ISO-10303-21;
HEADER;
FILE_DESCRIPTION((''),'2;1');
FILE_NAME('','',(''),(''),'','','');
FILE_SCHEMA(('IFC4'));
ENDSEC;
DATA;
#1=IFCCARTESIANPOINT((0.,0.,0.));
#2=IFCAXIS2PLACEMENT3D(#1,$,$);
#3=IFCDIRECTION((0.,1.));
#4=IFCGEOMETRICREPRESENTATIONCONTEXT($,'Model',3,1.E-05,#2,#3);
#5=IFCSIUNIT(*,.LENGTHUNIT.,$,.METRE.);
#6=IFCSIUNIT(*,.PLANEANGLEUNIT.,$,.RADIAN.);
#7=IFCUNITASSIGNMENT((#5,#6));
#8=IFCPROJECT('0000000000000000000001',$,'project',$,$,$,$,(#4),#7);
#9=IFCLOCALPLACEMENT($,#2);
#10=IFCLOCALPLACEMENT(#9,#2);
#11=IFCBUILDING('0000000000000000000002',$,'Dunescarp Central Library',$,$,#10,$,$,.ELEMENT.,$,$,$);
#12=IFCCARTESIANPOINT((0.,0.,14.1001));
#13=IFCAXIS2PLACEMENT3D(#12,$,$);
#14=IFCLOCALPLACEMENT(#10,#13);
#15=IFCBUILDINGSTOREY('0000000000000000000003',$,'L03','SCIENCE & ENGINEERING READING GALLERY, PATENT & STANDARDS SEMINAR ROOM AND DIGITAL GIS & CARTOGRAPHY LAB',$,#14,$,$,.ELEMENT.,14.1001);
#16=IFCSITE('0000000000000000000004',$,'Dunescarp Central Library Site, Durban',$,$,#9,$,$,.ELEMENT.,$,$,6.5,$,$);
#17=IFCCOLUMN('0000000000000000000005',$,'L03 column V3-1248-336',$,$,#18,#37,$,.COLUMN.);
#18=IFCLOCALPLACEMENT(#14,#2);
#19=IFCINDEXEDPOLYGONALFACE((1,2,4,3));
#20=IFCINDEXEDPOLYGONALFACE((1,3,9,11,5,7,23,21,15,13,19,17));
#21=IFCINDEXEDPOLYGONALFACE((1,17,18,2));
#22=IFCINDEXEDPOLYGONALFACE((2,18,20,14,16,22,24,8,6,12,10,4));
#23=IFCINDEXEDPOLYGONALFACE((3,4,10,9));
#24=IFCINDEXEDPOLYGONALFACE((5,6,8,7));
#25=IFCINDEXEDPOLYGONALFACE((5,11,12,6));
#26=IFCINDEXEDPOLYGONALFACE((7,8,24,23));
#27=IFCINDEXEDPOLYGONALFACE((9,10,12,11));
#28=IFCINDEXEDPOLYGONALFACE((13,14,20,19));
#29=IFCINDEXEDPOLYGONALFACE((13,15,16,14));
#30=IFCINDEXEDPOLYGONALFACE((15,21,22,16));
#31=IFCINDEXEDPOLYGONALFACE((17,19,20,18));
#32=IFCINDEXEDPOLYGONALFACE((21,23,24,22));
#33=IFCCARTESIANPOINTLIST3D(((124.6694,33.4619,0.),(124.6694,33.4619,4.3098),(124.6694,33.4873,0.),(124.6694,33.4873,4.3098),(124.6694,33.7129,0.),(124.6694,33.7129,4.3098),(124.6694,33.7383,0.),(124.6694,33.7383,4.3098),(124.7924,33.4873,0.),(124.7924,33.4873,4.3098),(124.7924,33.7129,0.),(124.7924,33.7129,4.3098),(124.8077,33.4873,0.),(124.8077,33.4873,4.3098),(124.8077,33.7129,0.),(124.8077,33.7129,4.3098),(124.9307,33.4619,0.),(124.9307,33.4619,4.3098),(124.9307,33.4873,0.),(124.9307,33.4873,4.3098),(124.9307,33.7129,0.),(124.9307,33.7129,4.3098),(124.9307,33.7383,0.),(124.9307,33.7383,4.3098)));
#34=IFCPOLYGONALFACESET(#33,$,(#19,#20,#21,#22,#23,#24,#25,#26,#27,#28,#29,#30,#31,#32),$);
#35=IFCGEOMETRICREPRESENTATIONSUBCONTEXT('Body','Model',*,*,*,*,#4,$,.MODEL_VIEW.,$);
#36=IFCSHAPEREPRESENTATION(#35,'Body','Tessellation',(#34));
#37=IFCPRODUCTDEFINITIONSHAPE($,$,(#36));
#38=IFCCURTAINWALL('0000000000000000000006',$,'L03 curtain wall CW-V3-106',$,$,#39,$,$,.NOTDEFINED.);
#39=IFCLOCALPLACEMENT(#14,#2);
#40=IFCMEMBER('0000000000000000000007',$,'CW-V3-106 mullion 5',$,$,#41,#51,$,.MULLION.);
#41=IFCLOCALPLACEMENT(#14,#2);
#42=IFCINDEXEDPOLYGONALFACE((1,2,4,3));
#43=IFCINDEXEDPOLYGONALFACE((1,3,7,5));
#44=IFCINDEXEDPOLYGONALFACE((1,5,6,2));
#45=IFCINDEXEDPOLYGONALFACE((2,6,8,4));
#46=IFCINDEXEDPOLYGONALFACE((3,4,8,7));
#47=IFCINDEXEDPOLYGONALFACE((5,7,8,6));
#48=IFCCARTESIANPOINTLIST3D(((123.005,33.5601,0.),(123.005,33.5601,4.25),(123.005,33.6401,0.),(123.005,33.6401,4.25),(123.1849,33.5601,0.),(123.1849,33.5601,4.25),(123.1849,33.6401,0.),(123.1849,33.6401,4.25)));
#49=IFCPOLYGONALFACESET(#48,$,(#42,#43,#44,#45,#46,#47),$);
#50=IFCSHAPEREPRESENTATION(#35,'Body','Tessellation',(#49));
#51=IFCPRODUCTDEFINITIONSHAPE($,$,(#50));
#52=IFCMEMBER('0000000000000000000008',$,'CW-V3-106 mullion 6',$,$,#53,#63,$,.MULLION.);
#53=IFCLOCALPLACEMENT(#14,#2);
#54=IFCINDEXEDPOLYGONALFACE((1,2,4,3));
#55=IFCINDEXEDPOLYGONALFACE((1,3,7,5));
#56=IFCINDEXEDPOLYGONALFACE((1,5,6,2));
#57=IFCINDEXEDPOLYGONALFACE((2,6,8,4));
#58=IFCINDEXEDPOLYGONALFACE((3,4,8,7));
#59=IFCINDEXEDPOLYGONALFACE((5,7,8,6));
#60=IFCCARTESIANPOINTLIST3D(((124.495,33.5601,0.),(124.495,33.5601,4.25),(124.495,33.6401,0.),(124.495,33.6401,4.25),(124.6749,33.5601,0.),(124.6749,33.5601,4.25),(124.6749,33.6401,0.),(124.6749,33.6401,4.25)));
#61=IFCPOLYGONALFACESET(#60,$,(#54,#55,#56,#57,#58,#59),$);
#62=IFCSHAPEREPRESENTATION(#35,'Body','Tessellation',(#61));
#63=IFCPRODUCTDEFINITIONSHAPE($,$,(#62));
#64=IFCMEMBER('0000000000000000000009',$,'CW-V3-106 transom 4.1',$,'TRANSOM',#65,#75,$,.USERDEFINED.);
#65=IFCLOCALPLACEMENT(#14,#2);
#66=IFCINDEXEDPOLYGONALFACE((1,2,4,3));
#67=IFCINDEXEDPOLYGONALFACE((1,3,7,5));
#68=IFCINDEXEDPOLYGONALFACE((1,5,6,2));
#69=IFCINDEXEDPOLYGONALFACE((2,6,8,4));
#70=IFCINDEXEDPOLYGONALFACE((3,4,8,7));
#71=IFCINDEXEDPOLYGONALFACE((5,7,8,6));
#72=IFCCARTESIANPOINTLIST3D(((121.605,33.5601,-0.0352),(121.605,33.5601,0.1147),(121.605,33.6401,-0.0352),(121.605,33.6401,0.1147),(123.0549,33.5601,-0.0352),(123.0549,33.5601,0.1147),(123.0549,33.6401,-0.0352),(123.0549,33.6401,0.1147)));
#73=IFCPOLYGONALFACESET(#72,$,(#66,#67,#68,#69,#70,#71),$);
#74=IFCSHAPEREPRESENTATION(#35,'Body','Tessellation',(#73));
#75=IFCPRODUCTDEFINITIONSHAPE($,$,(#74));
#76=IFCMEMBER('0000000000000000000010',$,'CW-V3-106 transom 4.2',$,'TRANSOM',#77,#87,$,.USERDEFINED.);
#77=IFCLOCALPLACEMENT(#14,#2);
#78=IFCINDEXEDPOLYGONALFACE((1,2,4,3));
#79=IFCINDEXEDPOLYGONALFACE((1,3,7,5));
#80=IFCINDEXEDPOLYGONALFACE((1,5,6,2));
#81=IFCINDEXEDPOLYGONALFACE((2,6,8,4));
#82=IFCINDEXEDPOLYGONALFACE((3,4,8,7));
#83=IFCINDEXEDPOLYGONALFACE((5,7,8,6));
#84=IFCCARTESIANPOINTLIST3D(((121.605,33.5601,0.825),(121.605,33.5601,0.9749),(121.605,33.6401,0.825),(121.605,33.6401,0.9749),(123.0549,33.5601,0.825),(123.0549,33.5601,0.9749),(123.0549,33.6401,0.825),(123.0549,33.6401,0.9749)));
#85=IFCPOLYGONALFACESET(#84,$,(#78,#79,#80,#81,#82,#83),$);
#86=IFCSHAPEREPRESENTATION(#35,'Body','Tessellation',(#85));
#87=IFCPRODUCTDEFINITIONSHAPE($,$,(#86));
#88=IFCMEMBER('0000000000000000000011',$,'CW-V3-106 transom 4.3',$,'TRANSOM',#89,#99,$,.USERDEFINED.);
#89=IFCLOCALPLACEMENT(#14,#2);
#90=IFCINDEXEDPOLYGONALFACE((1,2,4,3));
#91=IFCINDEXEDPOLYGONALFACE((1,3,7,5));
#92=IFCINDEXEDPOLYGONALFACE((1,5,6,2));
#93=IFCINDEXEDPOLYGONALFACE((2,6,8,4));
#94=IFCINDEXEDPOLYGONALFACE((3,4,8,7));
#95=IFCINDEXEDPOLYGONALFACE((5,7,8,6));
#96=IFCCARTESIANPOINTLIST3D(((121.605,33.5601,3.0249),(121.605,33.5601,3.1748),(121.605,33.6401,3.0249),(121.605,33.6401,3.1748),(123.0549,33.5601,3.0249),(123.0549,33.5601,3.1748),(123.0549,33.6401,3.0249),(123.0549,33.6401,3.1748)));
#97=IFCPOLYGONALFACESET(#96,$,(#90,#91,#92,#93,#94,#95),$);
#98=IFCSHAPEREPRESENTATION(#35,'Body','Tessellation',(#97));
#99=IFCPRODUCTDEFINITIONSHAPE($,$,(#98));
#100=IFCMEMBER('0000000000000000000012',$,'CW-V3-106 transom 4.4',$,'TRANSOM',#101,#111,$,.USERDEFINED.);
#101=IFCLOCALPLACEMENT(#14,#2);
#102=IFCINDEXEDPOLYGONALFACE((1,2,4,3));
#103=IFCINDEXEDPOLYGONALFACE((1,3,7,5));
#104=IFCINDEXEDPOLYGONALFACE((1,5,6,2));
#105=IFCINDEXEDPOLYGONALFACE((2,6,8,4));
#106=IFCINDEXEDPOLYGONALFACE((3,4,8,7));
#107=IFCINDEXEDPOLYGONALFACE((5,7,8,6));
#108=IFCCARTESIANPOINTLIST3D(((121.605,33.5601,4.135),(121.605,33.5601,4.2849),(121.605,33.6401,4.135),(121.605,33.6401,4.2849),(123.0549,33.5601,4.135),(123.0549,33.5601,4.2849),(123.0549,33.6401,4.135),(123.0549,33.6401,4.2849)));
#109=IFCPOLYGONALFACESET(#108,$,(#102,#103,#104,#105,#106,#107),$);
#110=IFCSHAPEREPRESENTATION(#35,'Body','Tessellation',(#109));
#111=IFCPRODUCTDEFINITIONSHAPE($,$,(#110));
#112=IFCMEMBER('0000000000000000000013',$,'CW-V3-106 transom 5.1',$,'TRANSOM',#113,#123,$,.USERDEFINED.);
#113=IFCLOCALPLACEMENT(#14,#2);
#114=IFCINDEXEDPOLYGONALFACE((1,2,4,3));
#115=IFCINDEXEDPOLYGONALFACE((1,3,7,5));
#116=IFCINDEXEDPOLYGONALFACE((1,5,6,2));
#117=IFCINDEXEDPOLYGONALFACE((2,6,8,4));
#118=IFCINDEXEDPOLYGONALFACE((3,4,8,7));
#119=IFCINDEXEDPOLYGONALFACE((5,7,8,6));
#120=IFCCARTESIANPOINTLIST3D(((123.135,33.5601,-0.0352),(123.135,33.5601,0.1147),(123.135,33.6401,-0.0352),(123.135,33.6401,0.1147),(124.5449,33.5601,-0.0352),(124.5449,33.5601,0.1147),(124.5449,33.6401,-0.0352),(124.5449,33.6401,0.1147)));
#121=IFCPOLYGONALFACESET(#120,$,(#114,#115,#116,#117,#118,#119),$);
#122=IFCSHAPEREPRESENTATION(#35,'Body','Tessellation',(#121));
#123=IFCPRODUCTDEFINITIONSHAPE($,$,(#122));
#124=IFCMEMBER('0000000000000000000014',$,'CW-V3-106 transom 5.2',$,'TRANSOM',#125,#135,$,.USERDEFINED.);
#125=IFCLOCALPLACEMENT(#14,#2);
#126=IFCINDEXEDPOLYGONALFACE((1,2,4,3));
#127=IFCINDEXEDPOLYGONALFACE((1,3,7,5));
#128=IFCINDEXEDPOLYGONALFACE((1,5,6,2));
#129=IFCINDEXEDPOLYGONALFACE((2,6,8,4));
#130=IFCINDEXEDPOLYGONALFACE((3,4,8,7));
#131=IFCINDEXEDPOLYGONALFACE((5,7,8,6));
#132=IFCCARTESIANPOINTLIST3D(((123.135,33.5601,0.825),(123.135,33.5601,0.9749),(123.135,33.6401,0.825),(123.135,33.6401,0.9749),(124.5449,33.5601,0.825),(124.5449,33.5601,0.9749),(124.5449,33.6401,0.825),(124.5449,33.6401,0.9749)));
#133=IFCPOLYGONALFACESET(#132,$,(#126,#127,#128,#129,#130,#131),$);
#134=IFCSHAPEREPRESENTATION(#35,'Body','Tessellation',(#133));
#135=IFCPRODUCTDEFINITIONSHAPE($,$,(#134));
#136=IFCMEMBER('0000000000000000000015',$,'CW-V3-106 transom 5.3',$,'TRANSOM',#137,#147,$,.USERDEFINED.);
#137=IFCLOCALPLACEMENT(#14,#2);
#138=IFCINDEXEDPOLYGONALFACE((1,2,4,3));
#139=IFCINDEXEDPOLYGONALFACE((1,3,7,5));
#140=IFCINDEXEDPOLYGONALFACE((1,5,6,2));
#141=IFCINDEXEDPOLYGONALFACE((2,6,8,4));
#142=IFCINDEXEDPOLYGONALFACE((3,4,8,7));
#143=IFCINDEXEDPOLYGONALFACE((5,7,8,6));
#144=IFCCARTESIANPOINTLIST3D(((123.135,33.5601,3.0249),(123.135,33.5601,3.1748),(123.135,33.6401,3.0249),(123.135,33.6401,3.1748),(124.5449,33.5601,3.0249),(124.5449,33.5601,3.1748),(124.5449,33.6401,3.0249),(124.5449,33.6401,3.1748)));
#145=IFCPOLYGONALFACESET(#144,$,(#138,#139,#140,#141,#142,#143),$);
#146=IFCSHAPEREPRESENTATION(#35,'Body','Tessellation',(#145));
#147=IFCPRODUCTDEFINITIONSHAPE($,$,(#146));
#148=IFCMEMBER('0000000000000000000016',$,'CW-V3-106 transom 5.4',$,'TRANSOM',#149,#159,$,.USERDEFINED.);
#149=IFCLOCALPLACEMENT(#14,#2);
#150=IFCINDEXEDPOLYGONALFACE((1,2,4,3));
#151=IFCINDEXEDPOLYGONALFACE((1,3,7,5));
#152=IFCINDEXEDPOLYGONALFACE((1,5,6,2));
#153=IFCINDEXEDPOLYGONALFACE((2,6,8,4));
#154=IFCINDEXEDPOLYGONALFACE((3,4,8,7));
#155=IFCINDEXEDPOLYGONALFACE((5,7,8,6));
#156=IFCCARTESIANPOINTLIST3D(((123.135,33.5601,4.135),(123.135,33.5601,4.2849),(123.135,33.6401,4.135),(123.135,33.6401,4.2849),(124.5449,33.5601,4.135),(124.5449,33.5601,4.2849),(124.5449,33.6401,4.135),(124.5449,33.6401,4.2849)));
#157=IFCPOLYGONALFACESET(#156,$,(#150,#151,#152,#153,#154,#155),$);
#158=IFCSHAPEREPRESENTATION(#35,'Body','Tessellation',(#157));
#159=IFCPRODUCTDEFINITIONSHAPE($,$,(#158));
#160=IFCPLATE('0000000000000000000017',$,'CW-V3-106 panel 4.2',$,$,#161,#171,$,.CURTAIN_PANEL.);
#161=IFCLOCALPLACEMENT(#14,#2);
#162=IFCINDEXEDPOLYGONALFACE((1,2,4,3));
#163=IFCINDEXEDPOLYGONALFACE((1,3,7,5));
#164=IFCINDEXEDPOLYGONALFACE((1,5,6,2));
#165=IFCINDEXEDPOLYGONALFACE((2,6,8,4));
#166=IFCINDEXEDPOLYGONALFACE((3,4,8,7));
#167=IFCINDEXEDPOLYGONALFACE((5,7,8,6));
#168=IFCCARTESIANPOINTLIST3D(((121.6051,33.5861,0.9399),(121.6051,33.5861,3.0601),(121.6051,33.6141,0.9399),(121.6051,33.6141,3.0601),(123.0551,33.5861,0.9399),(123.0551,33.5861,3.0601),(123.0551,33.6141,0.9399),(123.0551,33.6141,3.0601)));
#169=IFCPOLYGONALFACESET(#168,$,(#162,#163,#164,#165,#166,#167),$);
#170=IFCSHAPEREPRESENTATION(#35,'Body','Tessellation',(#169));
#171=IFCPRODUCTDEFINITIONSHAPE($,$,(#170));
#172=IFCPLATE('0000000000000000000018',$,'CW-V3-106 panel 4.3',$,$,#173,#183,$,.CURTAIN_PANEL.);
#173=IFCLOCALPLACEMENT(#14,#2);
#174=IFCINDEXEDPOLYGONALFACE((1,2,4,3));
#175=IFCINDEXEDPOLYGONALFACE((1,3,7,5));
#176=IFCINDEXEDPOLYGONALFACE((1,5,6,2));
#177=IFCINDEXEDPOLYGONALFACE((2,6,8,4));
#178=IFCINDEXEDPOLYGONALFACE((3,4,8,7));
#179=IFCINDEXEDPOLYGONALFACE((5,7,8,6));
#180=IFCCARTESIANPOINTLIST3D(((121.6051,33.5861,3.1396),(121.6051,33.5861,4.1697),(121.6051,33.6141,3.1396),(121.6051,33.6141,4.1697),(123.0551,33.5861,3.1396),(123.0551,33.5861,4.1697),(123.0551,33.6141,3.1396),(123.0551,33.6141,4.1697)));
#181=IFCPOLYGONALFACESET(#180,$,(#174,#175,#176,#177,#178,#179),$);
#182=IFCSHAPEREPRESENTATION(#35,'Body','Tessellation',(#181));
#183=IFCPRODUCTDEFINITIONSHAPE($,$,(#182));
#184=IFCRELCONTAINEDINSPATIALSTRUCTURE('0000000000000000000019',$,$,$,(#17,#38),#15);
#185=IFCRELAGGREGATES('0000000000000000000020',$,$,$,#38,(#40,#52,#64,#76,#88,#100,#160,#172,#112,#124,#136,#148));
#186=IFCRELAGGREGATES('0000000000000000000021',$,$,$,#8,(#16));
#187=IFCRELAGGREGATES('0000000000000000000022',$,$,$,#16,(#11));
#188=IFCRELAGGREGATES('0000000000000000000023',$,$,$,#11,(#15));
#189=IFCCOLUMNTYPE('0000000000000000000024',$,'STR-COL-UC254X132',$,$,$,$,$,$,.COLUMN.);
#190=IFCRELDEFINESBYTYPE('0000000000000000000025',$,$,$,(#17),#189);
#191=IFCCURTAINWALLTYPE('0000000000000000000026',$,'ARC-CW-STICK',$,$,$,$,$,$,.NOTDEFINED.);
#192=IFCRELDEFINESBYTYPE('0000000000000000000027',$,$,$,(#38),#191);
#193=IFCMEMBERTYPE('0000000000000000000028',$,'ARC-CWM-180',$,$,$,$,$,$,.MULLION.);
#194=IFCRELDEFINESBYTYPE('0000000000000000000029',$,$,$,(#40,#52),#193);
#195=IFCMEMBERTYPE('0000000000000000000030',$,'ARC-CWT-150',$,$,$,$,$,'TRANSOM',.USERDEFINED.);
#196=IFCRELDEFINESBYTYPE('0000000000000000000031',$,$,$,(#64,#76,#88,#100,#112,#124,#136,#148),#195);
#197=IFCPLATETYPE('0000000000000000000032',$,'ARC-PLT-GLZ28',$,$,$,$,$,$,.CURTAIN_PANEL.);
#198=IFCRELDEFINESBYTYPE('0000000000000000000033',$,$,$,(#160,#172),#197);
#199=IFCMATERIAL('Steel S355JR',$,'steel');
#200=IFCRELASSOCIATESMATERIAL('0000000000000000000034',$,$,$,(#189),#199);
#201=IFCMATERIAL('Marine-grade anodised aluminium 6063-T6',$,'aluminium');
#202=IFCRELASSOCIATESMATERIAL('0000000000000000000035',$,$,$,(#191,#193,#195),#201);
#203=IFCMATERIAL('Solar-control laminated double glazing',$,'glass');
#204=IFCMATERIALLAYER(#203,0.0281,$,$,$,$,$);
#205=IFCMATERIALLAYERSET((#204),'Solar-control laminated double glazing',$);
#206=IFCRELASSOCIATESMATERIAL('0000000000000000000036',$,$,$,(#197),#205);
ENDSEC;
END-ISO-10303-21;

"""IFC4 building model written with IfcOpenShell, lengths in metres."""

from ifc_helpers import new_model, si_unit, direction, frame, origin, origin_2d, place, context, subcontext, project, spatial, rectangle, i_section, extrude, material, layer, layer_set, material_profile, profile_set, type_object, element, aggregate, save


model = new_model("IFC4")

# Units and contexts
model_context = context("Model", 3, precision=1e-05, world=origin(), true_north=direction((0.0, 1.0)))
body_context = subcontext(model_context, "Body", "Model", "MODEL_VIEW")
ifc_project = project(units=[si_unit("LENGTHUNIT", "METRE"), si_unit("PLANEANGLEUNIT", "RADIAN")], contexts=[model_context])

# Site, building, storey
site_placement = place(None, origin())
site = spatial("IfcSite", under=ifc_project, at=site_placement, Name="Dunescarp Central Library Site, Durban", CompositionType="ELEMENT", RefElevation=6.5)
building_placement = place(site_placement, origin())
building = spatial("IfcBuilding", under=site, at=building_placement, Name="Dunescarp Central Library", CompositionType="ELEMENT")
storey_placement = place(building_placement, frame((0.0, 0.0, 14.1001)))
storey = spatial("IfcBuildingStorey", under=building, at=storey_placement, Name="L03", Description="SCIENCE & ENGINEERING READING GALLERY, PATENT & STANDARDS SEMINAR ROOM AND DIGITAL GIS & CARTOGRAPHY LAB", CompositionType="ELEMENT", Elevation=14.1001)

# Column
ifc_material_1 = material(Name="Steel S355JR", Category="steel")
ifc_material_profile_1 = material_profile(ifc_material_1, i_section(OverallWidth=0.2612, OverallDepth=0.2764, WebThickness=0.0154, FlangeThickness=0.0254, at=origin_2d()), Name="UC 254x254x132")
ifc_profile_set_1 = profile_set([ifc_material_profile_1], Name="Steel S355JR")
column_type = type_object("IfcColumnType", Name="STR-COL-UC254X132", PredefinedType="COLUMN", material=ifc_profile_set_1)
column_placement = place(storey_placement, frame((124.8, 33.6001, 0.0), z_axis=(0.0, 0.0, 1.0), x_axis=(1.0, 0.0, 0.0)))
element("IfcColumn", 1, at=column_placement, inside=storey, type_object=column_type, Name="L03 column V3-1248-336", PredefinedType="COLUMN", context=body_context, shape_type="SweptSolid", body=[
    extrude(i_section(OverallWidth=0.2612, OverallDepth=0.2764, WebThickness=0.0154, FlangeThickness=0.0254, at=origin_2d()), origin(), (0.0, 0.0, 1.0), 4.3098),
])

# Curtain wall, members, plates
ifc_material_2 = material(Name="Marine-grade anodised aluminium 6063-T6", Category="aluminium")
curtain_wall_type = type_object("IfcCurtainWallType", Name="ARC-CW-STICK", PredefinedType="NOTDEFINED", material=ifc_material_2)
curtain_wall_placement = place(storey_placement, origin())
curtain_wall = element("IfcCurtainWall", 2, at=curtain_wall_placement, inside=storey, type_object=curtain_wall_type, Name="L03 curtain wall CW-V3-106", PredefinedType="NOTDEFINED")
ifc_material_profile_2 = material_profile(ifc_material_2, rectangle(XDim=0.0801, YDim=0.1799, at=origin_2d()), Name="AL 80x180")
ifc_profile_set_2 = profile_set([ifc_material_profile_2], Name="Marine-grade anodised aluminium 6063-T6")
member_type_1 = type_object("IfcMemberType", Name="ARC-CWM-180", PredefinedType="MULLION", material=ifc_profile_set_2)
member_1_placement = place(storey_placement, frame((123.095, 33.6001, 0.0), z_axis=(0.0, 0.0, 1.0), x_axis=(0.0, 1.0, 0.0)))
member_1 = element("IfcMember", 3, at=member_1_placement, type_object=member_type_1, Name="CW-V3-106 mullion 5", PredefinedType="MULLION", context=body_context, shape_type="SweptSolid", body=[
    extrude(rectangle(XDim=0.0801, YDim=0.1799, at=origin_2d()), origin(), (0.0, 0.0, 1.0), 4.25),
])
member_2_placement = place(storey_placement, frame((124.585, 33.6001, 0.0), z_axis=(0.0, 0.0, 1.0), x_axis=(0.0, 1.0, 0.0)))
member_2 = element("IfcMember", 4, at=member_2_placement, type_object=member_type_1, Name="CW-V3-106 mullion 6", PredefinedType="MULLION", context=body_context, shape_type="SweptSolid", body=[
    extrude(rectangle(XDim=0.0801, YDim=0.1799, at=origin_2d()), origin(), (0.0, 0.0, 1.0), 4.25),
])
ifc_material_profile_3 = material_profile(ifc_material_2, rectangle(XDim=0.0801, YDim=0.1499, at=origin_2d()), Name="AL 80x150")
ifc_profile_set_3 = profile_set([ifc_material_profile_3], Name="Marine-grade anodised aluminium 6063-T6")
member_type_2 = type_object("IfcMemberType", Name="ARC-CWT-150", ElementType="TRANSOM", PredefinedType="USERDEFINED", material=ifc_profile_set_3)
member_3_placement = place(storey_placement, frame((121.605, 33.6001, 0.0398), z_axis=(1.0, 0.0, 0.0), x_axis=(0.0, 1.0, 0.0)))
member_3 = element("IfcMember", 5, at=member_3_placement, type_object=member_type_2, Name="CW-V3-106 transom 4.1", ObjectType="TRANSOM", PredefinedType="USERDEFINED", context=body_context, shape_type="SweptSolid", body=[
    extrude(rectangle(XDim=0.0801, YDim=0.1499, at=origin_2d()), origin(), (0.0, 0.0, 1.0), 1.45),
])
member_4_placement = place(storey_placement, frame((121.605, 33.6001, 0.8999), z_axis=(1.0, 0.0, 0.0), x_axis=(0.0, 1.0, 0.0)))
member_4 = element("IfcMember", 6, at=member_4_placement, type_object=member_type_2, Name="CW-V3-106 transom 4.2", ObjectType="TRANSOM", PredefinedType="USERDEFINED", context=body_context, shape_type="SweptSolid", body=[
    extrude(rectangle(XDim=0.0801, YDim=0.1499, at=origin_2d()), origin(), (0.0, 0.0, 1.0), 1.45),
])
member_5_placement = place(storey_placement, frame((121.605, 33.6001, 3.0999), z_axis=(1.0, 0.0, 0.0), x_axis=(0.0, 1.0, 0.0)))
member_5 = element("IfcMember", 7, at=member_5_placement, type_object=member_type_2, Name="CW-V3-106 transom 4.3", ObjectType="TRANSOM", PredefinedType="USERDEFINED", context=body_context, shape_type="SweptSolid", body=[
    extrude(rectangle(XDim=0.0801, YDim=0.1499, at=origin_2d()), origin(), (0.0, 0.0, 1.0), 1.45),
])
member_6_placement = place(storey_placement, frame((121.605, 33.6001, 4.21), z_axis=(1.0, 0.0, 0.0), x_axis=(0.0, 1.0, 0.0)))
member_6 = element("IfcMember", 8, at=member_6_placement, type_object=member_type_2, Name="CW-V3-106 transom 4.4", ObjectType="TRANSOM", PredefinedType="USERDEFINED", context=body_context, shape_type="SweptSolid", body=[
    extrude(rectangle(XDim=0.0801, YDim=0.1499, at=origin_2d()), origin(), (0.0, 0.0, 1.0), 1.45),
])
member_7_placement = place(storey_placement, frame((123.135, 33.6001, 0.0398), z_axis=(1.0, 0.0, 0.0), x_axis=(0.0, 1.0, 0.0)))
member_7 = element("IfcMember", 9, at=member_7_placement, type_object=member_type_2, Name="CW-V3-106 transom 5.1", ObjectType="TRANSOM", PredefinedType="USERDEFINED", context=body_context, shape_type="SweptSolid", body=[
    extrude(rectangle(XDim=0.0801, YDim=0.1499, at=origin_2d()), origin(), (0.0, 0.0, 1.0), 1.4099),
])
member_8_placement = place(storey_placement, frame((123.135, 33.6001, 0.8999), z_axis=(1.0, 0.0, 0.0), x_axis=(0.0, 1.0, 0.0)))
member_8 = element("IfcMember", 10, at=member_8_placement, type_object=member_type_2, Name="CW-V3-106 transom 5.2", ObjectType="TRANSOM", PredefinedType="USERDEFINED", context=body_context, shape_type="SweptSolid", body=[
    extrude(rectangle(XDim=0.0801, YDim=0.1499, at=origin_2d()), origin(), (0.0, 0.0, 1.0), 1.4099),
])
member_9_placement = place(storey_placement, frame((123.135, 33.6001, 3.0999), z_axis=(1.0, 0.0, 0.0), x_axis=(0.0, 1.0, 0.0)))
member_9 = element("IfcMember", 11, at=member_9_placement, type_object=member_type_2, Name="CW-V3-106 transom 5.3", ObjectType="TRANSOM", PredefinedType="USERDEFINED", context=body_context, shape_type="SweptSolid", body=[
    extrude(rectangle(XDim=0.0801, YDim=0.1499, at=origin_2d()), origin(), (0.0, 0.0, 1.0), 1.4099),
])
member_10_placement = place(storey_placement, frame((123.135, 33.6001, 4.21), z_axis=(1.0, 0.0, 0.0), x_axis=(0.0, 1.0, 0.0)))
member_10 = element("IfcMember", 12, at=member_10_placement, type_object=member_type_2, Name="CW-V3-106 transom 5.4", ObjectType="TRANSOM", PredefinedType="USERDEFINED", context=body_context, shape_type="SweptSolid", body=[
    extrude(rectangle(XDim=0.0801, YDim=0.1499, at=origin_2d()), origin(), (0.0, 0.0, 1.0), 1.4099),
])
ifc_material_3 = material(Name="Solar-control laminated double glazing", Category="glass")
ifc_layer_1 = layer(ifc_material_3, 0.0281)
ifc_layer_set_1 = layer_set([ifc_layer_1], Name="Solar-control laminated double glazing")
plate_type_1 = type_object("IfcPlateType", Name="ARC-PLT-GLZ28", PredefinedType="CURTAIN_PANEL", material=ifc_layer_set_1)
plate_1_placement = place(storey_placement, frame((122.3301, 33.6001, 0.9399), z_axis=(0.0, 0.0, 1.0), x_axis=(1.0, 0.0, 0.0)))
plate_1 = element("IfcPlate", 13, at=plate_1_placement, type_object=plate_type_1, Name="CW-V3-106 panel 4.2", PredefinedType="CURTAIN_PANEL", context=body_context, shape_type="SweptSolid", body=[
    extrude(rectangle(XDim=1.45, YDim=0.0281, at=origin_2d()), origin(), (0.0, 0.0, 1.0), 2.1201),
])
plate_2_placement = place(storey_placement, frame((122.3301, 33.6001, 3.1396), z_axis=(0.0, 0.0, 1.0), x_axis=(1.0, 0.0, 0.0)))
plate_2 = element("IfcPlate", 14, at=plate_2_placement, type_object=plate_type_1, Name="CW-V3-106 panel 4.3", PredefinedType="CURTAIN_PANEL", context=body_context, shape_type="SweptSolid", body=[
    extrude(rectangle(XDim=1.45, YDim=0.0281, at=origin_2d()), origin(), (0.0, 0.0, 1.0), 1.03),
])
aggregate(curtain_wall, [member_1, member_2, member_3, member_4, member_5, member_6, plate_1, plate_2, member_7, member_8, member_9, member_10])

save(model, "model.ifc")
